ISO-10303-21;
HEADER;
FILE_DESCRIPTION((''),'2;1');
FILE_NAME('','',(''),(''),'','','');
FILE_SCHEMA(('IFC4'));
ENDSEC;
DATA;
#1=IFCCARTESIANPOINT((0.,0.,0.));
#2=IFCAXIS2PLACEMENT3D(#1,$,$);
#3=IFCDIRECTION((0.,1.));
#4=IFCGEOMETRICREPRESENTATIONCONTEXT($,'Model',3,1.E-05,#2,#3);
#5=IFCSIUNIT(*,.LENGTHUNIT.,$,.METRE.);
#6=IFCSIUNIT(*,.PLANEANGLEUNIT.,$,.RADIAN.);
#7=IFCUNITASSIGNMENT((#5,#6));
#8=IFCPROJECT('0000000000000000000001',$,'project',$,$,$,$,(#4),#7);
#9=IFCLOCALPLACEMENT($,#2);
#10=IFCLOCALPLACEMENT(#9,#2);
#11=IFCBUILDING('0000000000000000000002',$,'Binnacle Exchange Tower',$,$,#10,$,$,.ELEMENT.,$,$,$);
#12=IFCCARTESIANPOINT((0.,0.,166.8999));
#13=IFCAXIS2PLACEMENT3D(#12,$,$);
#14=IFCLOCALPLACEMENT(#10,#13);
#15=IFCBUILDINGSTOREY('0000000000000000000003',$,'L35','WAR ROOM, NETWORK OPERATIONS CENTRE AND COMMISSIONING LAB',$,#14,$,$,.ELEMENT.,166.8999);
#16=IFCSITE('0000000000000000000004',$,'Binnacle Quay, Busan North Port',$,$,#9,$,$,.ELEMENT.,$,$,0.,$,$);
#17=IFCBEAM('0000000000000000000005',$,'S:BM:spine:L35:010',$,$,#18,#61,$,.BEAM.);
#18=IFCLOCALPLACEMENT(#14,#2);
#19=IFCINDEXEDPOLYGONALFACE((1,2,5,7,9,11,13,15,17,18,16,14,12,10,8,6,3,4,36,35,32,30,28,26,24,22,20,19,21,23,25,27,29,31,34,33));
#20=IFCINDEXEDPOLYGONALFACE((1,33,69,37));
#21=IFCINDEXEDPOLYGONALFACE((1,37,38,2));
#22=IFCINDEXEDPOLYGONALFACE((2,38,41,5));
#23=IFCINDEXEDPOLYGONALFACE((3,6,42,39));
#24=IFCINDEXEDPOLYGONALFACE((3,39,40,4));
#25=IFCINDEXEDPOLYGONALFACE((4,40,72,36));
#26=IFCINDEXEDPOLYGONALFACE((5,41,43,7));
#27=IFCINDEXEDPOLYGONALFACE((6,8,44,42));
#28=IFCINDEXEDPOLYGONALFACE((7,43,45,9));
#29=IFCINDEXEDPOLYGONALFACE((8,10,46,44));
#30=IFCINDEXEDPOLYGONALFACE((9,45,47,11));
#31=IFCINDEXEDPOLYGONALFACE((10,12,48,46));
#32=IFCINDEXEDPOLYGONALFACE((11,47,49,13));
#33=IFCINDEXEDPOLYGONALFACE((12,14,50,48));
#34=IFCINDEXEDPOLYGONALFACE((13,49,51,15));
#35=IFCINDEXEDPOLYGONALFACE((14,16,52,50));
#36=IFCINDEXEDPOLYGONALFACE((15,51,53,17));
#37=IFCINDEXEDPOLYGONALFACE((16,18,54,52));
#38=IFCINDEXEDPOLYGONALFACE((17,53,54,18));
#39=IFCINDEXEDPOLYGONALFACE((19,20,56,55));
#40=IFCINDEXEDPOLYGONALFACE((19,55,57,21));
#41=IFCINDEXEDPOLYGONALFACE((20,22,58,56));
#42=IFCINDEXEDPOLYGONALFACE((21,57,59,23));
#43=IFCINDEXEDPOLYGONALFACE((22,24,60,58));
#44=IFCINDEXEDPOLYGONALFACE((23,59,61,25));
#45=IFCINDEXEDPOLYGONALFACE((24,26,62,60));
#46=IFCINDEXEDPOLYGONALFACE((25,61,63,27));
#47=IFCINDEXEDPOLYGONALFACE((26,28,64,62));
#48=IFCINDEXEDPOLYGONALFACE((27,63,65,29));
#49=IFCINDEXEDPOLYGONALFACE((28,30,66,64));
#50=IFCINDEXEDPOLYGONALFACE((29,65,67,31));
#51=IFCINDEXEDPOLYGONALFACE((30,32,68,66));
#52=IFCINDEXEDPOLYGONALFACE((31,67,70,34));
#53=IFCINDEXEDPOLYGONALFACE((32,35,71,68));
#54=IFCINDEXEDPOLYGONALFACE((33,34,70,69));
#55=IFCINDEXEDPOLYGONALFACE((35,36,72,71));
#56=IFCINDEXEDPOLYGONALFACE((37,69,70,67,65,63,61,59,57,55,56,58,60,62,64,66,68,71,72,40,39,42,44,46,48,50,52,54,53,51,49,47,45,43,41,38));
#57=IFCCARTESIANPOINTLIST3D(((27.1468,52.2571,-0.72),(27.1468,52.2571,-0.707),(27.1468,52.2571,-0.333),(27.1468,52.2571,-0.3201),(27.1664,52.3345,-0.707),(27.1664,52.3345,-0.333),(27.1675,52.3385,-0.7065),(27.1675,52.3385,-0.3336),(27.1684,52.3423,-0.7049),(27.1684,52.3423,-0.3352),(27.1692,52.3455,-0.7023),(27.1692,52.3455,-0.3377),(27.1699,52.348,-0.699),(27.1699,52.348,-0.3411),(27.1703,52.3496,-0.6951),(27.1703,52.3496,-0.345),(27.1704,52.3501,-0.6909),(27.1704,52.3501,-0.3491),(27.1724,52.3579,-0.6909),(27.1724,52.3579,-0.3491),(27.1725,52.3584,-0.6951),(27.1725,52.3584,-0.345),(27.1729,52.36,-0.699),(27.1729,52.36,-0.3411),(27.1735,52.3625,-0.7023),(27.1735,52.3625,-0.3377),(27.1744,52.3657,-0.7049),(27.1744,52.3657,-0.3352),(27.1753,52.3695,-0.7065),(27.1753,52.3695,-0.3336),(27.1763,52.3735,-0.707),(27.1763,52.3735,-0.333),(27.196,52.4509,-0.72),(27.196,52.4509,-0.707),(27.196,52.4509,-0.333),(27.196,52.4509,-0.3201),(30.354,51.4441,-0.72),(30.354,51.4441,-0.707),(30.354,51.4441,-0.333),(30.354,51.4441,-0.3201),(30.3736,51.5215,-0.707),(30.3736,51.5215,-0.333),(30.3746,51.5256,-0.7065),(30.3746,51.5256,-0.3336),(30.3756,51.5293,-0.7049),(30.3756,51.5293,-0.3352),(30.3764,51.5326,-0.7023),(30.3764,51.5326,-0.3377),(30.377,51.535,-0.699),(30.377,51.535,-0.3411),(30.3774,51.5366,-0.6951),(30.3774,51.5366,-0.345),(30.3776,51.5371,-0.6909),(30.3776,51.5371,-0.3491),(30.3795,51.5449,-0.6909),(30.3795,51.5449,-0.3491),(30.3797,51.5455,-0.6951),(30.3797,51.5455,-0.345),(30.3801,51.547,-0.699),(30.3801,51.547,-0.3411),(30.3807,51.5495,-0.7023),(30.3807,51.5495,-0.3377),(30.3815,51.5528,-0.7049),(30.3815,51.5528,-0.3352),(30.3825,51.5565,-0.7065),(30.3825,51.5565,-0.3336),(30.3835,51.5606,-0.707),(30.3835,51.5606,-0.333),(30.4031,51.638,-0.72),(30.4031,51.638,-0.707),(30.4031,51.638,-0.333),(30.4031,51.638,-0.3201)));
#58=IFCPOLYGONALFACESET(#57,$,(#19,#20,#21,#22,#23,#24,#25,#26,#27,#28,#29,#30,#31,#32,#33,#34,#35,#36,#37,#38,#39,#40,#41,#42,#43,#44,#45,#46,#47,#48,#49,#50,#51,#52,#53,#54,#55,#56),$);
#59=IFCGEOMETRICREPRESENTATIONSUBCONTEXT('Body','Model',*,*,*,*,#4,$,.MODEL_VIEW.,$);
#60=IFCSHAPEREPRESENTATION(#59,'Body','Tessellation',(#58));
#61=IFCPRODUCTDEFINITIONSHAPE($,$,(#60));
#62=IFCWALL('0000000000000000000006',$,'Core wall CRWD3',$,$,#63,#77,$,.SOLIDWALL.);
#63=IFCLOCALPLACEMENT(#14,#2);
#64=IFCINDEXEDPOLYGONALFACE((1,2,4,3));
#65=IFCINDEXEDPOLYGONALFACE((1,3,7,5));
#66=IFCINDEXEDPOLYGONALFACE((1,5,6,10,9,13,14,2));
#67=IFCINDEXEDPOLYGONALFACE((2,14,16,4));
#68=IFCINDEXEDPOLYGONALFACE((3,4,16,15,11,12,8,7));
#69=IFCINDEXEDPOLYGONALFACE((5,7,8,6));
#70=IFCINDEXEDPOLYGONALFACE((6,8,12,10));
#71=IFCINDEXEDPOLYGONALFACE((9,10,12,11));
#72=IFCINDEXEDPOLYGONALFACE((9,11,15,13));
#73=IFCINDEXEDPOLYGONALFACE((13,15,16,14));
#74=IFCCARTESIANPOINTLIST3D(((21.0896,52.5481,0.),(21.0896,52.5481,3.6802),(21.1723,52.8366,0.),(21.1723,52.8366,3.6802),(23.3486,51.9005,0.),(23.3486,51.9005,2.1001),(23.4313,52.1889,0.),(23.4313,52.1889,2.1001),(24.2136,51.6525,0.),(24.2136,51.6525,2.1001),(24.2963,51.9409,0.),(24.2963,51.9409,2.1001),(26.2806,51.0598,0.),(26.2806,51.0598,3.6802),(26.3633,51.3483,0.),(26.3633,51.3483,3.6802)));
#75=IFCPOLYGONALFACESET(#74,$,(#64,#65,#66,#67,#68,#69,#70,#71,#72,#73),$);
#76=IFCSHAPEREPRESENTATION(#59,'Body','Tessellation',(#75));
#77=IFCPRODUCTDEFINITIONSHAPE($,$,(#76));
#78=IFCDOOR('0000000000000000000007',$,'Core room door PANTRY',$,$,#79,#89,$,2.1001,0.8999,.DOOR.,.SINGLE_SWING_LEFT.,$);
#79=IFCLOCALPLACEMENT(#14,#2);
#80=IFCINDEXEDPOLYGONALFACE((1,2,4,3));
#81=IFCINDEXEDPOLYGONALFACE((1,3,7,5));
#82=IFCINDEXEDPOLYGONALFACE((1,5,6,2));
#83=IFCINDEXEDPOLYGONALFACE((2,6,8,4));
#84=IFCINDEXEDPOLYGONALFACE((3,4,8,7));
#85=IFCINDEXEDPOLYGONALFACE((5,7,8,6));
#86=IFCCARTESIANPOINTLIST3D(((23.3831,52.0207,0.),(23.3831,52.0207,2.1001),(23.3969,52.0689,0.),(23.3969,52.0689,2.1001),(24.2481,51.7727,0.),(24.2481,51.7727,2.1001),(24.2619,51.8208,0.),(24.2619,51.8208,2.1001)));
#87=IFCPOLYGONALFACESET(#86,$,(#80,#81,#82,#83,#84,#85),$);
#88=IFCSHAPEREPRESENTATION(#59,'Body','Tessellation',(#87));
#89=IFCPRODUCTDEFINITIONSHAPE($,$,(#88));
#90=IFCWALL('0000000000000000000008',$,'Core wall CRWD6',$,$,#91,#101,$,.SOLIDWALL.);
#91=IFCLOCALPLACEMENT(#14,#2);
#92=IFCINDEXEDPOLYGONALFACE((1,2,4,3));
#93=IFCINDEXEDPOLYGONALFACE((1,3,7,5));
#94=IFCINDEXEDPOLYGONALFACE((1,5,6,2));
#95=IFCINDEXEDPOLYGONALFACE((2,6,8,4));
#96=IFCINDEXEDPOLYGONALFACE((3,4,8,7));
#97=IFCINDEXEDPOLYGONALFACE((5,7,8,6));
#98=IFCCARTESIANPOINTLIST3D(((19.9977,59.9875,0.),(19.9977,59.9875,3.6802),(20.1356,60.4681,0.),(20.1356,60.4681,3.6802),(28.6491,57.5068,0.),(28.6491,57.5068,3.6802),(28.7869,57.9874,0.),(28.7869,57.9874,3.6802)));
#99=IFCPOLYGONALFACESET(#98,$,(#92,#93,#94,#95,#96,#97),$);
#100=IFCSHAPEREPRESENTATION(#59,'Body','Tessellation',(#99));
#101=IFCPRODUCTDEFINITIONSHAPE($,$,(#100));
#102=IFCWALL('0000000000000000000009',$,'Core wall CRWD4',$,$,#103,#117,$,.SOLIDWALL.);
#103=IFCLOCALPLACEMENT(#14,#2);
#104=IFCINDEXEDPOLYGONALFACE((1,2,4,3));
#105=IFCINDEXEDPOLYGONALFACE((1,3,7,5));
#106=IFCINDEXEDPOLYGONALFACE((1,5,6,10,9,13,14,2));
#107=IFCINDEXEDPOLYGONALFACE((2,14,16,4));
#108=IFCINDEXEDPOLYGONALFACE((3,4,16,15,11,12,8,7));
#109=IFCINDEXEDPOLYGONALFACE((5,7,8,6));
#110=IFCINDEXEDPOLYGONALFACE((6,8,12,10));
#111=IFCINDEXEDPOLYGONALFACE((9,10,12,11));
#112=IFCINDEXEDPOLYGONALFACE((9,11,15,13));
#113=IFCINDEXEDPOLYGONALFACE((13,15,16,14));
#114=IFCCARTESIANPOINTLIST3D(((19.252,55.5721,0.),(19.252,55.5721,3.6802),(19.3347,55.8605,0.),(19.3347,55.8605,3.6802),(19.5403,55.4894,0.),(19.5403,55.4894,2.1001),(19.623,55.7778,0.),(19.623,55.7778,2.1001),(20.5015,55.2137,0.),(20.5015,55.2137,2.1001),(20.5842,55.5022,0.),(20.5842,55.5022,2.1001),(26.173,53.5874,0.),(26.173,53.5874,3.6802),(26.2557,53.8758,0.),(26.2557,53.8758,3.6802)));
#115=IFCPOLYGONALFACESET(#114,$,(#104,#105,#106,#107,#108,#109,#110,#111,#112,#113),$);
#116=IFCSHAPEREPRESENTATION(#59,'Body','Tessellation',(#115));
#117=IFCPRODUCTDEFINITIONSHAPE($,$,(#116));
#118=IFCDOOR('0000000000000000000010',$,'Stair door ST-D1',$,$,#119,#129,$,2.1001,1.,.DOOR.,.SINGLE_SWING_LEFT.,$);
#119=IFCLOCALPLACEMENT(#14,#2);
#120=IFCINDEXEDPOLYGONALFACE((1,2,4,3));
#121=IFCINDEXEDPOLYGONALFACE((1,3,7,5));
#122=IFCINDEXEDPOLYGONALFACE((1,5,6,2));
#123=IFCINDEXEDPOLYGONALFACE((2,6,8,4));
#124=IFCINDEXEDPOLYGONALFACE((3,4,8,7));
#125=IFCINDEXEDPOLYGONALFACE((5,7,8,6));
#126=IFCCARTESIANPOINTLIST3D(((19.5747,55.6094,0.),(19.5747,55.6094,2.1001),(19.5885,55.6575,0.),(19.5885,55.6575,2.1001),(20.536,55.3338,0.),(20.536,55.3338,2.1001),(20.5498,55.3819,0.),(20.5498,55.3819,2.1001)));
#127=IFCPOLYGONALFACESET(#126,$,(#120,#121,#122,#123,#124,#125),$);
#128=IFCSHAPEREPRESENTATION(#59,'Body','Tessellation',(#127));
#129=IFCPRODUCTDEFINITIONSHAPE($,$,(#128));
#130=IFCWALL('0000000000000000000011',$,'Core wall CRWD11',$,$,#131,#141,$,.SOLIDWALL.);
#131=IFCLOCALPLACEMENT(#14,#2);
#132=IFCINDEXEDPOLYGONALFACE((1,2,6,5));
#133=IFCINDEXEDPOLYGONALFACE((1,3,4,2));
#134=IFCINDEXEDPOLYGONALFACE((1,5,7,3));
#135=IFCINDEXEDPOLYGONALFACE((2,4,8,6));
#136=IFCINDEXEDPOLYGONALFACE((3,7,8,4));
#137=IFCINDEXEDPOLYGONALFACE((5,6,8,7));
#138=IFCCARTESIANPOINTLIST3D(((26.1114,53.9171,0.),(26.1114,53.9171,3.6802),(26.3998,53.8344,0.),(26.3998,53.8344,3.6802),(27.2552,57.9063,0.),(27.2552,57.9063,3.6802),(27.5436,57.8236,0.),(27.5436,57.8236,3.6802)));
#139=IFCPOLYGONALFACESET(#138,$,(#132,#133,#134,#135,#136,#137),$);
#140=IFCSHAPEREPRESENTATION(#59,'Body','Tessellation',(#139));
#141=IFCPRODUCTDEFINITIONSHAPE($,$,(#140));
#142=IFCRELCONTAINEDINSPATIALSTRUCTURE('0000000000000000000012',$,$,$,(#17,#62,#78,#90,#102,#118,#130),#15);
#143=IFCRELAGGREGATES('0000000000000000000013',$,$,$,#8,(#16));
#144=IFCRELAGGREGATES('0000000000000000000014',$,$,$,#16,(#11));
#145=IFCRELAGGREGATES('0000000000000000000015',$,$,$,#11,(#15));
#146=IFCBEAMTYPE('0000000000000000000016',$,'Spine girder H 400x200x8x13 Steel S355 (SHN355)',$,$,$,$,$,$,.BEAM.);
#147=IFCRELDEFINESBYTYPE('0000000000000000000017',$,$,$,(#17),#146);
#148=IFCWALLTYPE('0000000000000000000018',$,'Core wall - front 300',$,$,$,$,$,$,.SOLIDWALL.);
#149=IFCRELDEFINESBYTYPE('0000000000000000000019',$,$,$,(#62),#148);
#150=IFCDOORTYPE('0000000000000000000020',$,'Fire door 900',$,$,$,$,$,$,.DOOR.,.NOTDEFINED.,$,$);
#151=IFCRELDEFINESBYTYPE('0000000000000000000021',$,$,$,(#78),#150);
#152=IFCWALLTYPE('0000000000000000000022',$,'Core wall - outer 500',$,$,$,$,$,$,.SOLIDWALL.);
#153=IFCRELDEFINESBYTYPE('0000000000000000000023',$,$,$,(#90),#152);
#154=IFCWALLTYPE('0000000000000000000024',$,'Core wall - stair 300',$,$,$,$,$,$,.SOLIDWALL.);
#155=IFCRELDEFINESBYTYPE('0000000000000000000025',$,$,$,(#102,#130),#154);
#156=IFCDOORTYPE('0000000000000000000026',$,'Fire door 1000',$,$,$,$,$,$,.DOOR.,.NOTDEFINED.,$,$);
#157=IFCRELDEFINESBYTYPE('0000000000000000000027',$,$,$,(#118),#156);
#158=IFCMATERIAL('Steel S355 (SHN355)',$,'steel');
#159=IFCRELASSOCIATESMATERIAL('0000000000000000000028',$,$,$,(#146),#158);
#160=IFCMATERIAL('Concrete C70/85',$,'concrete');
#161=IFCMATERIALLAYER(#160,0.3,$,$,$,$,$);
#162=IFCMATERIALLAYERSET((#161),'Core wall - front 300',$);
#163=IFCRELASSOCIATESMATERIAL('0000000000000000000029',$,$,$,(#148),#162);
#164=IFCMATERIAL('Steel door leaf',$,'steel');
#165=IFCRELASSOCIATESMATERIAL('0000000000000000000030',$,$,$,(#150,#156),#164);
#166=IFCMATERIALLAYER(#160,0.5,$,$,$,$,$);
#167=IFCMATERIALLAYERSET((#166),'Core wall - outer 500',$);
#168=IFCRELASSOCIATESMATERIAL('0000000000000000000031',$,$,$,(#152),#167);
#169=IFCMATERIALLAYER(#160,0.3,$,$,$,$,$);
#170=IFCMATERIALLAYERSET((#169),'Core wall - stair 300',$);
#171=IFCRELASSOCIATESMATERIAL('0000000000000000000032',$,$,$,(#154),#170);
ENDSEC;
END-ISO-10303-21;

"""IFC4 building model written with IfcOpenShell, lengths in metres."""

from ifc_helpers import new_model, si_unit, direction, frame, frame_2d, origin, origin_2d, place, context, subcontext, project, spatial, rectangle, i_section, extrude, material, layer, layer_set, material_profile, profile_set, type_object, element, fill, save


model = new_model("IFC4")

# Units and contexts
model_context = context("Model", 3, precision=1e-05, world=origin(), true_north=direction((0.0, 1.0)))
body_context = subcontext(model_context, "Body", "Model", "MODEL_VIEW")
ifc_project = project(units=[si_unit("LENGTHUNIT", "METRE"), si_unit("PLANEANGLEUNIT", "RADIAN")], contexts=[model_context])

# Site, building, storey
site_placement = place(None, origin())
site = spatial("IfcSite", under=ifc_project, at=site_placement, Name="Binnacle Quay, Busan North Port", CompositionType="ELEMENT", RefElevation=0.0)
building_placement = place(site_placement, origin())
building = spatial("IfcBuilding", under=site, at=building_placement, Name="Binnacle Exchange Tower", CompositionType="ELEMENT")
storey_placement = place(building_placement, frame((0.0, 0.0, 166.8999)))
storey = spatial("IfcBuildingStorey", under=building, at=storey_placement, Name="L35", Description="WAR ROOM, NETWORK OPERATIONS CENTRE AND COMMISSIONING LAB", CompositionType="ELEMENT", Elevation=166.8999)

# Shared definitions
ifc_material_1 = material(Name="Concrete C70/85", Category="concrete")

# Beam
ifc_material_2 = material(Name="Steel S355 (SHN355)", Category="steel")
ifc_material_profile_1 = material_profile(ifc_material_2, i_section(OverallWidth=0.2, OverallDepth=0.3999, WebThickness=0.0081, FlangeThickness=0.0129, FilletRadius=0.0161, at=origin_2d()), Name="H 400x200x8x13")
ifc_profile_set_1 = profile_set([ifc_material_profile_1], Name="Steel S355 (SHN355)")
beam_type_1 = type_object("IfcBeamType", Name="Spine girder H 400x200x8x13 Steel S355 (SHN355)", PredefinedType="BEAM", material=ifc_profile_set_1)
beam_1_placement = place(storey_placement, frame((27.1714, 52.354, -0.52), z_axis=(0.969343, -0.245712, 0.0), x_axis=(0.245712, 0.969343, 0.0)))
element("IfcBeam", 1, at=beam_1_placement, inside=storey, type_object=beam_type_1, Name="S:BM:spine:L35:010", PredefinedType="BEAM", context=body_context, shape_type="SweptSolid", body=[
    extrude(i_section(OverallWidth=0.2, OverallDepth=0.3999, WebThickness=0.0081, FlangeThickness=0.0129, FilletRadius=0.0161, at=origin_2d()), origin(), (0.0, 0.0, 1.0), 3.3086),
])

# Wall, opening, door
ifc_layer_1 = layer(ifc_material_1, 0.3)
ifc_layer_set_1 = layer_set([ifc_layer_1], Name="Core wall - front 300")
wall_type_1 = type_object("IfcWallType", Name="Core wall - front 300", PredefinedType="SOLIDWALL", material=ifc_layer_set_1)
wall_1_placement = place(storey_placement, frame((21.1309, 52.6924, 0.0), z_axis=(0.0, 0.0, 1.0), x_axis=(0.961271, -0.275605, 0.0)))
wall_1 = element("IfcWall", 2, at=wall_1_placement, inside=storey, type_object=wall_type_1, Name="Core wall CRWD3", PredefinedType="SOLIDWALL", context=body_context, shape_type="SweptSolid", body=[
    extrude(rectangle(XDim=5.4001, YDim=0.3, at=frame_2d((2.7002, 0.0))), origin(), (0.0, 0.0, 1.0), 3.6802),
])
opening_1_placement = place(wall_1_placement, frame((2.3501, 0.0, 0.0)))
opening_1 = element("IfcOpeningElement", 3, at=opening_1_placement, cuts=wall_1, PredefinedType="OPENING", context=body_context, shape_type="SweptSolid", body=[
    extrude(rectangle(XDim=0.8999, YDim=2.1001, at=frame_2d((0.45, 1.05))), frame((0.0, 0.1599, 0.0), z_axis=(0.0, -1.0, 0.0), x_axis=(1.0, 0.0, 0.0)), (0.0, 0.0, 1.0), 0.3201),
])
ifc_material_3 = material(Name="Steel door leaf", Category="steel")
door_type_1 = type_object("IfcDoorType", Name="Fire door 900", OperationType="NOTDEFINED", PredefinedType="DOOR", material=ifc_material_3)
door_1_placement = place(opening_1_placement, frame((0.8999, 0.0, 0.0), z_axis=(0.0, 0.0, 1.0), x_axis=(-1.0, 0.0, 0.0)))
door_1 = element("IfcDoor", 4, at=door_1_placement, inside=storey, type_object=door_type_1, Name="Core room door PANTRY", OperationType="SINGLE_SWING_LEFT", OverallHeight=2.1001, OverallWidth=0.8999, PredefinedType="DOOR", context=body_context, shape_type="SweptSolid", body=[
    extrude(rectangle(XDim=0.8999, YDim=2.1001, at=frame_2d((0.45, 1.05))), frame((0.0, 0.0249, 0.0), z_axis=(0.0, -1.0, 0.0), x_axis=(1.0, 0.0, 0.0)), (0.0, 0.0, 1.0), 0.05),
])
fill(opening_1, door_1)

# Wall
ifc_layer_2 = layer(ifc_material_1, 0.5)
ifc_layer_set_2 = layer_set([ifc_layer_2], Name="Core wall - outer 500")
wall_type_2 = type_object("IfcWallType", Name="Core wall - outer 500", PredefinedType="SOLIDWALL", material=ifc_layer_set_2)
wall_2_placement = place(storey_placement, frame((20.0667, 60.2278, 0.0), z_axis=(0.0, 0.0, 1.0), x_axis=(0.961262, -0.275635, 0.0)))
element("IfcWall", 5, at=wall_2_placement, inside=storey, type_object=wall_type_2, Name="Core wall CRWD6", PredefinedType="SOLIDWALL", context=body_context, shape_type="SweptSolid", body=[
    extrude(rectangle(XDim=9.0, YDim=0.5, at=frame_2d((4.5, 0.0))), origin(), (0.0, 0.0, 1.0), 3.6802),
])

# Wall, opening, door
ifc_layer_3 = layer(ifc_material_1, 0.3)
ifc_layer_set_3 = layer_set([ifc_layer_3], Name="Core wall - stair 300")
wall_type_3 = type_object("IfcWallType", Name="Core wall - stair 300", PredefinedType="SOLIDWALL", material=ifc_layer_set_3)
wall_3_placement = place(storey_placement, frame((19.2932, 55.7163, 0.0), z_axis=(0.0, 0.0, 1.0), x_axis=(0.961259, -0.275648, 0.0)))
wall_3 = element("IfcWall", 6, at=wall_3_placement, inside=storey, type_object=wall_type_3, Name="Core wall CRWD4", PredefinedType="SOLIDWALL", context=body_context, shape_type="SweptSolid", body=[
    extrude(rectangle(XDim=7.2, YDim=0.3, at=frame_2d((3.6001, 0.0))), origin(), (0.0, 0.0, 1.0), 3.6802),
])
opening_2_placement = place(wall_3_placement, frame((0.3, 0.0, 0.0)))
opening_2 = element("IfcOpeningElement", 7, at=opening_2_placement, cuts=wall_3, PredefinedType="OPENING", context=body_context, shape_type="SweptSolid", body=[
    extrude(rectangle(XDim=1.0, YDim=2.1001, at=frame_2d((0.5, 1.05))), frame((0.0, 0.1599, 0.0), z_axis=(0.0, -1.0, 0.0), x_axis=(1.0, 0.0, 0.0)), (0.0, 0.0, 1.0), 0.3201),
])
door_type_2 = type_object("IfcDoorType", Name="Fire door 1000", OperationType="NOTDEFINED", PredefinedType="DOOR", material=ifc_material_3)
door_2_placement = place(opening_2_placement, origin())
door_2 = element("IfcDoor", 8, at=door_2_placement, inside=storey, type_object=door_type_2, Name="Stair door ST-D1", OperationType="SINGLE_SWING_LEFT", OverallHeight=2.1001, OverallWidth=1.0, PredefinedType="DOOR", context=body_context, shape_type="SweptSolid", body=[
    extrude(rectangle(XDim=1.0, YDim=2.1001, at=frame_2d((0.5, 1.05))), frame((0.0, 0.0249, 0.0), z_axis=(0.0, -1.0, 0.0), x_axis=(1.0, 0.0, 0.0)), (0.0, 0.0, 1.0), 0.05),
])
fill(opening_2, door_2)

# Wall
wall_4_placement = place(storey_placement, frame((26.2556, 53.8757, 0.0), z_axis=(0.0, 0.0, 1.0), x_axis=(0.275615, 0.961268, 0.0)))
element("IfcWall", 9, at=wall_4_placement, inside=storey, type_object=wall_type_3, Name="Core wall CRWD11", PredefinedType="SOLIDWALL", context=body_context, shape_type="SweptSolid", body=[
    extrude(rectangle(XDim=4.1499, YDim=0.3, at=frame_2d((2.075, 0.0))), origin(), (0.0, 0.0, 1.0), 3.6802),
])

save(model, "model.ifc")
